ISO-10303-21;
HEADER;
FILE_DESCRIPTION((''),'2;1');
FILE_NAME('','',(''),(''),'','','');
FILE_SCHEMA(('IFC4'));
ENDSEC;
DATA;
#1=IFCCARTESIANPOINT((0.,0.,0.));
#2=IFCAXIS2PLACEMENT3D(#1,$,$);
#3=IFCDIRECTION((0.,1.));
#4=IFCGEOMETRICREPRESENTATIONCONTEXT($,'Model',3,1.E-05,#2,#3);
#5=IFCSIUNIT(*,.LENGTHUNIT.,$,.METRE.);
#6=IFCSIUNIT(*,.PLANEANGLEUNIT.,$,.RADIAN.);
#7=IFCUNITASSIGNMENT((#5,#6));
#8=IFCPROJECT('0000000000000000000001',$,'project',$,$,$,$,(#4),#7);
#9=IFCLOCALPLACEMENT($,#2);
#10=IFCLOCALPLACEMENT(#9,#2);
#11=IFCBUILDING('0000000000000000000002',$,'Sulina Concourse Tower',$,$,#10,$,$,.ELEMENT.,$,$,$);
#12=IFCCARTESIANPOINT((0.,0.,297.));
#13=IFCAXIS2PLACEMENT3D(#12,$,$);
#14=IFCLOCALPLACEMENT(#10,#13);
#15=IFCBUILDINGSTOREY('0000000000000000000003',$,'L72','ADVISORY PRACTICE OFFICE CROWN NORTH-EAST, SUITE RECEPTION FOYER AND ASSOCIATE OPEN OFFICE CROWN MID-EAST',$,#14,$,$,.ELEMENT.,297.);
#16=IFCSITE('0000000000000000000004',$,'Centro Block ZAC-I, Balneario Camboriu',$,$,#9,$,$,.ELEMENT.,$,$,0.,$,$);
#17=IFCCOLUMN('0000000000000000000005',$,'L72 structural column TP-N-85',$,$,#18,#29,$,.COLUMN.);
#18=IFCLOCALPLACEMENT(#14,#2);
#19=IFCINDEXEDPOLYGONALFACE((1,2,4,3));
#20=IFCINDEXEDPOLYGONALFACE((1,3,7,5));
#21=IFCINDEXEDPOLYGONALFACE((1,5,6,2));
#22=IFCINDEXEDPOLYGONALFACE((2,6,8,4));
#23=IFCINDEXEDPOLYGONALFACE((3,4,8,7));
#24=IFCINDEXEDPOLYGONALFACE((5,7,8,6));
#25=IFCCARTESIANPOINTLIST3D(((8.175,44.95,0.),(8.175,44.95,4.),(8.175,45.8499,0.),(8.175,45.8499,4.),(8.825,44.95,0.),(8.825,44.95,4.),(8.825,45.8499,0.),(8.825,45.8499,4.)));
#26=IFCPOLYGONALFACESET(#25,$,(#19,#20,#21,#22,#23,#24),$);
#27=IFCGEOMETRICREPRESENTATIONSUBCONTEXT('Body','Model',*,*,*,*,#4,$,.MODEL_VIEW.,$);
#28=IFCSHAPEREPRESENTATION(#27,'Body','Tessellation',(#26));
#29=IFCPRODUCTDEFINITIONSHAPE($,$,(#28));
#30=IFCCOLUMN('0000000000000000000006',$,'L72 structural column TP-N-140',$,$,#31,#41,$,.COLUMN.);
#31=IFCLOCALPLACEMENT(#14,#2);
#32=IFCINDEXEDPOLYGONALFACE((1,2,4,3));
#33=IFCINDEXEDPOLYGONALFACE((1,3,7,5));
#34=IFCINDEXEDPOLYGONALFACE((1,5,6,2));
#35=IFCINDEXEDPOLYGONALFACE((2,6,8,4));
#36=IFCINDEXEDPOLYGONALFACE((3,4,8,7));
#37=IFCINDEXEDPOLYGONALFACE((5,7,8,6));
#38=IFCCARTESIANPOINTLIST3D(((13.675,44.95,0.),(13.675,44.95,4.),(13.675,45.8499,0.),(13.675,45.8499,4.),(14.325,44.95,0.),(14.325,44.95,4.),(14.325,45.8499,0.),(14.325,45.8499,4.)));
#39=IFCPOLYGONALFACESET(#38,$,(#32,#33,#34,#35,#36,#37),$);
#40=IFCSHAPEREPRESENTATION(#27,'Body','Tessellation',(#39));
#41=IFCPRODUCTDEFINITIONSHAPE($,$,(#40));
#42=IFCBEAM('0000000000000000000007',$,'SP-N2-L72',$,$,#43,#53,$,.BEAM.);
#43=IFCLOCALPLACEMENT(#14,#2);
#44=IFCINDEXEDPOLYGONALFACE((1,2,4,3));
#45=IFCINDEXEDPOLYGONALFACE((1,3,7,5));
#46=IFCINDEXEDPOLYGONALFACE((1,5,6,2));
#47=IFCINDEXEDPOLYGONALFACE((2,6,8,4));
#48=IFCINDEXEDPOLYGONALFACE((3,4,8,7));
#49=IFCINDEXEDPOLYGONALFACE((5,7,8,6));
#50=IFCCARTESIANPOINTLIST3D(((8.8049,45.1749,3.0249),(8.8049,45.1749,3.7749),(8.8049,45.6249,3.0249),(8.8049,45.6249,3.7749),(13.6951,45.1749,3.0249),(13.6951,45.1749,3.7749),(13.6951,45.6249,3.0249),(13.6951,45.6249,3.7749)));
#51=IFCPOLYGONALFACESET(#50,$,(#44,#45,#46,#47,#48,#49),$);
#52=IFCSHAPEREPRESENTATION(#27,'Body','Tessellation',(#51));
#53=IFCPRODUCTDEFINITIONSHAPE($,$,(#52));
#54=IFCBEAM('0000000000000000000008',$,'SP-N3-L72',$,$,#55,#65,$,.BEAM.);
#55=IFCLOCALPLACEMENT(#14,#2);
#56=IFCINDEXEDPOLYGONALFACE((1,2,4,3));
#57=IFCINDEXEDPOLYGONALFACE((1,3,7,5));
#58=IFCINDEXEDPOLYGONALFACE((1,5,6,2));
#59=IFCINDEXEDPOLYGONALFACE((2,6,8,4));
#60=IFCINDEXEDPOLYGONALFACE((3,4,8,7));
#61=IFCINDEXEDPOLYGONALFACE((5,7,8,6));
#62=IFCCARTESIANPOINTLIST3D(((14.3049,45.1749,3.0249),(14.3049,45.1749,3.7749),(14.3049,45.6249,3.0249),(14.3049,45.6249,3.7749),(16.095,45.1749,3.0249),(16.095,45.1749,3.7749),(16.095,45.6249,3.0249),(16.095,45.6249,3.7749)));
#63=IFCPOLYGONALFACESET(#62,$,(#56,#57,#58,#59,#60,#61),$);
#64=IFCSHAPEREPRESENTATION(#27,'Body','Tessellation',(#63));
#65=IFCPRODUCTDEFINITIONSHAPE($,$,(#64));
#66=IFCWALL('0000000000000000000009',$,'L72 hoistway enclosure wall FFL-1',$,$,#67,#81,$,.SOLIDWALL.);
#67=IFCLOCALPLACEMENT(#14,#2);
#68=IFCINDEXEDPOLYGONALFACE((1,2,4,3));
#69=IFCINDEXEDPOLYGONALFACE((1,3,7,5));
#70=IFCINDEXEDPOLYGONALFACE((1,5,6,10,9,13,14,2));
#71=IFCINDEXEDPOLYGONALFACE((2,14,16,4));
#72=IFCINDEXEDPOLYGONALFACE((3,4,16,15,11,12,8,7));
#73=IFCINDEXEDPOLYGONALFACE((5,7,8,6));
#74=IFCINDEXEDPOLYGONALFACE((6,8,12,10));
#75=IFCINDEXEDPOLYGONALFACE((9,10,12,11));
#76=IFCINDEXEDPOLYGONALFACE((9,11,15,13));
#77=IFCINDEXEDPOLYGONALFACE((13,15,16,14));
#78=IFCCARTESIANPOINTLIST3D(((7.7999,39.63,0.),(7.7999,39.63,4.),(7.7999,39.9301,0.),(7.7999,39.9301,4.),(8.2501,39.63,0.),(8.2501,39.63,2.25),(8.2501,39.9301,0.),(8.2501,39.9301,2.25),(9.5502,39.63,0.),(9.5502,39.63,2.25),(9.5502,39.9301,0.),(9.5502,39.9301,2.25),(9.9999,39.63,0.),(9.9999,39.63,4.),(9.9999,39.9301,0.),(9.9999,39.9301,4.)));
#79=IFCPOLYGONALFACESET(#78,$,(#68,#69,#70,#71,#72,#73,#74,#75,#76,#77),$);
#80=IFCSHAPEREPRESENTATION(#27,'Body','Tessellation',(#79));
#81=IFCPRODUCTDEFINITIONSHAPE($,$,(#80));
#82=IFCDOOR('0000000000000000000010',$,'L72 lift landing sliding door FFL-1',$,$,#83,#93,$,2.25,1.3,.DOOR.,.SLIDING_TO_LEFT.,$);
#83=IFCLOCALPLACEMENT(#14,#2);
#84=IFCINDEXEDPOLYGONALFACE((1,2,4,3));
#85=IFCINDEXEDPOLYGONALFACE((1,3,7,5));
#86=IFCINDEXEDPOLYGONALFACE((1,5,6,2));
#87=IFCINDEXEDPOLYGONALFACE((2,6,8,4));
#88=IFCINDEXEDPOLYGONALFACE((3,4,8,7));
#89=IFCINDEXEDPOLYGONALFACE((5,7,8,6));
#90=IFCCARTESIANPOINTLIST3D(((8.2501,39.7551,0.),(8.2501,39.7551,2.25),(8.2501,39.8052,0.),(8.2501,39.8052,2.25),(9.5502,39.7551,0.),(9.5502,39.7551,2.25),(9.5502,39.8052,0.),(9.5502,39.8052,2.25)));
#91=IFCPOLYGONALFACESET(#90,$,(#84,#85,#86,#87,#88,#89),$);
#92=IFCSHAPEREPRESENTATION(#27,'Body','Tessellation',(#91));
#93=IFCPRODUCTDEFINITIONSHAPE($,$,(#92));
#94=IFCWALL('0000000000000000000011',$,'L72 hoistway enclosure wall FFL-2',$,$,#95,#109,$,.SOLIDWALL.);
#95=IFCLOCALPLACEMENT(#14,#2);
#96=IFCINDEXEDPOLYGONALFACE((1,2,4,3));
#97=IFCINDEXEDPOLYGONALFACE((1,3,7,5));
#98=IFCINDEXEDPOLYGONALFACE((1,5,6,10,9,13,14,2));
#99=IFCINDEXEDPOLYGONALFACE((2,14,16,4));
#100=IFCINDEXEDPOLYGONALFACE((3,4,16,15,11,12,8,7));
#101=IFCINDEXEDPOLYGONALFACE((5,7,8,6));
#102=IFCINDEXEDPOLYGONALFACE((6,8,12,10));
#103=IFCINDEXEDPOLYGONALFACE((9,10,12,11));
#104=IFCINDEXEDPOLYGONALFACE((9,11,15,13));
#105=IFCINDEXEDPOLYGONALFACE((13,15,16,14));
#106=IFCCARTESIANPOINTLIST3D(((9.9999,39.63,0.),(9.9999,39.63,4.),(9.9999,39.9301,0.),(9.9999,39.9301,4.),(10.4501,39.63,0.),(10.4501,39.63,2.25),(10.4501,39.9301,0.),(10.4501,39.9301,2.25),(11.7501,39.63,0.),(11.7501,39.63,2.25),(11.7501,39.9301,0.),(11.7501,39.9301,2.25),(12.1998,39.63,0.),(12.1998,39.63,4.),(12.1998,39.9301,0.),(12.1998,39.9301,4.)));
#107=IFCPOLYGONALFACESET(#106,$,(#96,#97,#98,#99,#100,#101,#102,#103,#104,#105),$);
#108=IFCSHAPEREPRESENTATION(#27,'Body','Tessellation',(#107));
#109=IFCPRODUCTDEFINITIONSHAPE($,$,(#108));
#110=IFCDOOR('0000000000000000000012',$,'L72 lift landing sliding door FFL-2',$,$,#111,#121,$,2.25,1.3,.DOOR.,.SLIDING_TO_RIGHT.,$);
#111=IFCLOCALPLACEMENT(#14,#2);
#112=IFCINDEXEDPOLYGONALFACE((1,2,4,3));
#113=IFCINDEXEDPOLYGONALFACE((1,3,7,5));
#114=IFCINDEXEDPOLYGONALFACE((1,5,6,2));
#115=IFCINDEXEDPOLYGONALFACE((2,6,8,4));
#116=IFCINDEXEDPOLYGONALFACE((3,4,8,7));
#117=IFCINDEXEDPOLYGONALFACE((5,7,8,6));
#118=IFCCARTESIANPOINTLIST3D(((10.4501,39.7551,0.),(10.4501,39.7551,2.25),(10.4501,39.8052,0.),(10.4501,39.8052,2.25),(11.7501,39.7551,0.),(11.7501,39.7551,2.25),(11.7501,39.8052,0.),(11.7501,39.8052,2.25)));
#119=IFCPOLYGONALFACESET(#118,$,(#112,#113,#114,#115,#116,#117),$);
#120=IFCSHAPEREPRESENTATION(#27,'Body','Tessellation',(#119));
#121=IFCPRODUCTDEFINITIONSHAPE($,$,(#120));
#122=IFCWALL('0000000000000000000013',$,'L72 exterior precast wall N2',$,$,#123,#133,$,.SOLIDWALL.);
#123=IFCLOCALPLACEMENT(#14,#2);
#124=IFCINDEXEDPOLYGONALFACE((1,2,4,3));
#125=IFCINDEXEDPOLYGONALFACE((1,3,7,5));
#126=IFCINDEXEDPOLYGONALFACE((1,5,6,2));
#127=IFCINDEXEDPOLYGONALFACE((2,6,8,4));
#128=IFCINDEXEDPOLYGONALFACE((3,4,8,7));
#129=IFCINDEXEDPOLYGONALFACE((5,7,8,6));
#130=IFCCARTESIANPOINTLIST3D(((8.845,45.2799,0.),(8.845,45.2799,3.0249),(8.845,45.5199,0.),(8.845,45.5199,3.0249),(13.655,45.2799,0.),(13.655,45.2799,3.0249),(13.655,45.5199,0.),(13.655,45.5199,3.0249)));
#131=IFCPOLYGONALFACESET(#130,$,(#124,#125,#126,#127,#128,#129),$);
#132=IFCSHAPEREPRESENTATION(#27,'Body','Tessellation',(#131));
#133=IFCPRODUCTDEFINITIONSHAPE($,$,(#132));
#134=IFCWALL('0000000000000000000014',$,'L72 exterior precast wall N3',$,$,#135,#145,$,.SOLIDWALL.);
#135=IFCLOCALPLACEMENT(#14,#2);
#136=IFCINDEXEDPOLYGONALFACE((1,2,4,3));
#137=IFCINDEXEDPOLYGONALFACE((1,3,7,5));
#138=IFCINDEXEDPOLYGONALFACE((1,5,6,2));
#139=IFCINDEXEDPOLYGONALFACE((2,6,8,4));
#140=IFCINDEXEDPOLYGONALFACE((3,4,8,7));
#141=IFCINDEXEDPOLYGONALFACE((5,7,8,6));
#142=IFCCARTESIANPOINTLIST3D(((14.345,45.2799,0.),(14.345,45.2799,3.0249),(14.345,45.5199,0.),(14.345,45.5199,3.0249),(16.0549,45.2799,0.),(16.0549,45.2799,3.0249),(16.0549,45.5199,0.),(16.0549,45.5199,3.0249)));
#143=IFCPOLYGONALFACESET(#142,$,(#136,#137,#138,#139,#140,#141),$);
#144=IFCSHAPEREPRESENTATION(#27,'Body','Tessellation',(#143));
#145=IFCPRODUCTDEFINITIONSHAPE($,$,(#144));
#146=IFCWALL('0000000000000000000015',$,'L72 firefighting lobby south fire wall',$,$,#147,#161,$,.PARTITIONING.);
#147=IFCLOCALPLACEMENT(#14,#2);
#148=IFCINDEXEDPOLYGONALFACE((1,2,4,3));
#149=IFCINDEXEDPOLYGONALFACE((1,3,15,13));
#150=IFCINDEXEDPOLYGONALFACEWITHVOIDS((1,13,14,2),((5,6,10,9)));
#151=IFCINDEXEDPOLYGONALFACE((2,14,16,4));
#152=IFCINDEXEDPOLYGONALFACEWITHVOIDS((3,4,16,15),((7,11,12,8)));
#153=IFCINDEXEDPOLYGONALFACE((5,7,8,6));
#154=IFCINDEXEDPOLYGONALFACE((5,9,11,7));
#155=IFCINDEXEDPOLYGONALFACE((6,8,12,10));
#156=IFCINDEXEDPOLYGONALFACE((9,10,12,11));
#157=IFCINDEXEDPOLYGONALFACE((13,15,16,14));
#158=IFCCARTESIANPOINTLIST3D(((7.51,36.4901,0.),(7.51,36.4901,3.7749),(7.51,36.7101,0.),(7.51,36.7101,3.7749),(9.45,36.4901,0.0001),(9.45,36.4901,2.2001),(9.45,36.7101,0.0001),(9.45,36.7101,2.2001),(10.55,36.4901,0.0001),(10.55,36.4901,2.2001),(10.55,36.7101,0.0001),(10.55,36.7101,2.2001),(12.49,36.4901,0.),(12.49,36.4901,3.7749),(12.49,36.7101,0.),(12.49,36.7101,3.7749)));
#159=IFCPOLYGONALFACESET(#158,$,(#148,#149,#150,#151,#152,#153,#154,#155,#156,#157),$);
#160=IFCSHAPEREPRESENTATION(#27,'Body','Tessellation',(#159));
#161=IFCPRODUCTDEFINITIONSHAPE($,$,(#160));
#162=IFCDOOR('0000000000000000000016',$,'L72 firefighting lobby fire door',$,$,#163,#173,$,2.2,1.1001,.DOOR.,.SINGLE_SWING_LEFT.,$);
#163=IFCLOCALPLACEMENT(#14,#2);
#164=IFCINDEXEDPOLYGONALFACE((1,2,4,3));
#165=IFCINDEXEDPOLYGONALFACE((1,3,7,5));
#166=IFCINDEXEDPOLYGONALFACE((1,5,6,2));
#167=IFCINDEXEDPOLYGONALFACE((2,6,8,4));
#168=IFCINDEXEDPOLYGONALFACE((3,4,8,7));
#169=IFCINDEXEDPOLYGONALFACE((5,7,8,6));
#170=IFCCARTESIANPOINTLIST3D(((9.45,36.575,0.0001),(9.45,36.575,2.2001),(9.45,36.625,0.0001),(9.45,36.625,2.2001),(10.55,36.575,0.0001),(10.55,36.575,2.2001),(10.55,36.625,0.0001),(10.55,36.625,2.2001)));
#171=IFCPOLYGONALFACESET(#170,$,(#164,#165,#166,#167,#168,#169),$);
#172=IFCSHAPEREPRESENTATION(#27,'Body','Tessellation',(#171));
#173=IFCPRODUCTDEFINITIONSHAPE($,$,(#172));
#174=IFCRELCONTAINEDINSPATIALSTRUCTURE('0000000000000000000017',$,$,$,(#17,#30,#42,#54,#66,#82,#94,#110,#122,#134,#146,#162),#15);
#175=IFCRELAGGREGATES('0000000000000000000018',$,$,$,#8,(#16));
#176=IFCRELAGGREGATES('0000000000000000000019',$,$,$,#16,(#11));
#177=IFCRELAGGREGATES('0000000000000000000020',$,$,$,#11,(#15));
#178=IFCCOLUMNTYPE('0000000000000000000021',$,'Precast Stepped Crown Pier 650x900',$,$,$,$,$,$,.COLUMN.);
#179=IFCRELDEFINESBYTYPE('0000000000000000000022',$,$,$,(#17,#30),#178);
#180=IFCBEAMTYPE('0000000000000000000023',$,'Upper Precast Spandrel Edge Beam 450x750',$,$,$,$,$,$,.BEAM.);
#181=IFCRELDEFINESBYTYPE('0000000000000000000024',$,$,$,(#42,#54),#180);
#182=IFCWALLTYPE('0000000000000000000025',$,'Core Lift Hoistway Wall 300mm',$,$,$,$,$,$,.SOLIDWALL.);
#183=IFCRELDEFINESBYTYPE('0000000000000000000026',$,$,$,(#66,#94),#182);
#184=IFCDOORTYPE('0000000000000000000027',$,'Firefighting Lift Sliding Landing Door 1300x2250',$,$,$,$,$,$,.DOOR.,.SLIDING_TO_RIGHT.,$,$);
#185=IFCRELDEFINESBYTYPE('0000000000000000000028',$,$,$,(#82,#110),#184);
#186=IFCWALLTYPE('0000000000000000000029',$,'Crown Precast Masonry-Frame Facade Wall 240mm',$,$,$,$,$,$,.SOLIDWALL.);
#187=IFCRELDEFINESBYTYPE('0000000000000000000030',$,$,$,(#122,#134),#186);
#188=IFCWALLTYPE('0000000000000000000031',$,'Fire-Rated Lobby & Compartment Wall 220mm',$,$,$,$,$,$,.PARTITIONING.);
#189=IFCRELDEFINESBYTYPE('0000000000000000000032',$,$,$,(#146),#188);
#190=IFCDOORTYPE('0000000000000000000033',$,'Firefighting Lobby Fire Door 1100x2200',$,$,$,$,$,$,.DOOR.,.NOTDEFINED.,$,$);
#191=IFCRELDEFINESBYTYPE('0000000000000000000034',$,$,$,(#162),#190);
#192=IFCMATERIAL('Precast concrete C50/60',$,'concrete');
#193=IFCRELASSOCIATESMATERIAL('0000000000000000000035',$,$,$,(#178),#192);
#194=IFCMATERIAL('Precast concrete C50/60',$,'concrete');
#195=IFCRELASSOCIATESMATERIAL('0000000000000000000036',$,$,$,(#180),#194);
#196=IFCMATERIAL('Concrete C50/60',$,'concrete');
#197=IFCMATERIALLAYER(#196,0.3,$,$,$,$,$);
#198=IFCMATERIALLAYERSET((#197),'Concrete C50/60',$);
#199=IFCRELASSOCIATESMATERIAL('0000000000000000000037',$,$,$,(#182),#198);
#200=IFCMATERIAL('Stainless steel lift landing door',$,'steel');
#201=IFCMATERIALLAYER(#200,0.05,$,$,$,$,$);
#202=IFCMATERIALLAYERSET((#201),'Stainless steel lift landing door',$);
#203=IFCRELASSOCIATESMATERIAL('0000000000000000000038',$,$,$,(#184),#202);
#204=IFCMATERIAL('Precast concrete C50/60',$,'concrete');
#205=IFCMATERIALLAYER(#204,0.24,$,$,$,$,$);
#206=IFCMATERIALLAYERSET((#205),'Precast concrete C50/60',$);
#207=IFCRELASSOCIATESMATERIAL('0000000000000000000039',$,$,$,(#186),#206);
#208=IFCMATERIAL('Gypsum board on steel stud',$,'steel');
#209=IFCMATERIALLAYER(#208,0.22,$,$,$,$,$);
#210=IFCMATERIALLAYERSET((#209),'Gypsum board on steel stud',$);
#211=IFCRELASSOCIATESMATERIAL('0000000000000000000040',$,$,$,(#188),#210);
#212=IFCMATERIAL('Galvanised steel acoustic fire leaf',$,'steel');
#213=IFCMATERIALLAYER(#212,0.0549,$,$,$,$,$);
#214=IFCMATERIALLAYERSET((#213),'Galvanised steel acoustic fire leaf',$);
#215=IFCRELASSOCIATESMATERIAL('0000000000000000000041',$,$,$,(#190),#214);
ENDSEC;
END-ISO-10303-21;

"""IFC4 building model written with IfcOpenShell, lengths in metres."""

from ifc_helpers import new_model, si_unit, direction, frame, frame_2d, origin, origin_2d, place, context, subcontext, project, spatial, rectangle, extrude, material, layer, layer_set, material_profile, profile_set, type_object, element, fill, save


model = new_model("IFC4")

# Units and contexts
model_context = context("Model", 3, precision=1e-05, world=origin(), true_north=direction((0.0, 1.0)))
body_context = subcontext(model_context, "Body", "Model", "MODEL_VIEW")
ifc_project = project(units=[si_unit("LENGTHUNIT", "METRE"), si_unit("PLANEANGLEUNIT", "RADIAN")], contexts=[model_context])

# Site, building, storey
site_placement = place(None, origin())
site = spatial("IfcSite", under=ifc_project, at=site_placement, Name="Centro Block ZAC-I, Balneario Camboriu", CompositionType="ELEMENT", RefElevation=0.0)
building_placement = place(site_placement, origin())
building = spatial("IfcBuilding", under=site, at=building_placement, Name="Sulina Concourse Tower", CompositionType="ELEMENT")
storey_placement = place(building_placement, frame((0.0, 0.0, 297.0)))
storey = spatial("IfcBuildingStorey", under=building, at=storey_placement, Name="L72", Description="ADVISORY PRACTICE OFFICE CROWN NORTH-EAST, SUITE RECEPTION FOYER AND ASSOCIATE OPEN OFFICE CROWN MID-EAST", CompositionType="ELEMENT", Elevation=297.0)

# Columns
ifc_material_1 = material(Name="Precast concrete C50/60", Category="concrete")
ifc_material_profile_1 = material_profile(ifc_material_1, rectangle(XDim=0.6499, YDim=0.8999, at=origin_2d()), Name="PC 650x900")
ifc_profile_set_1 = profile_set([ifc_material_profile_1], Name="Precast concrete C50/60")
column_type = type_object("IfcColumnType", Name="Precast Stepped Crown Pier 650x900", PredefinedType="COLUMN", material=ifc_profile_set_1)
for number, where, z_axis, x_axis, name in (
    (1, (8.5, 45.3999, 0.0), (0.0, 0.0, 1.0), (1.0, 0.0, 0.0), "L72 structural column TP-N-85"),
    (2, (14.0, 45.3999, 0.0), (0.0, 0.0, 1.0), (1.0, 0.0, 0.0), "L72 structural column TP-N-140"),
):
    element("IfcColumn", number, at=place(storey_placement, frame(where, z_axis=z_axis, x_axis=x_axis)), inside=storey, type_object=column_type, Name=name, PredefinedType="COLUMN", context=body_context, shape_type="SweptSolid", body=[
        extrude(rectangle(XDim=0.6499, YDim=0.8999, at=origin_2d()), origin(), (0.0, 0.0, 1.0), 4.0),
    ])

# Beams
ifc_material_2 = material(Name="Precast concrete C50/60", Category="concrete")
ifc_material_profile_2 = material_profile(ifc_material_2, rectangle(XDim=0.45, YDim=0.75, at=origin_2d()), Name="RC 450x750")
ifc_profile_set_2 = profile_set([ifc_material_profile_2], Name="Precast concrete C50/60")
beam_type = type_object("IfcBeamType", Name="Upper Precast Spandrel Edge Beam 450x750", PredefinedType="BEAM", material=ifc_profile_set_2)
beam_1_placement = place(storey_placement, frame((8.8049, 45.3999, 3.3999), z_axis=(1.0, 0.0, 0.0), x_axis=(0.0, 1.0, 0.0)))
element("IfcBeam", 3, at=beam_1_placement, inside=storey, type_object=beam_type, Name="SP-N2-L72", PredefinedType="BEAM", context=body_context, shape_type="SweptSolid", body=[
    extrude(rectangle(XDim=0.45, YDim=0.75, at=origin_2d()), origin(), (0.0, 0.0, 1.0), 4.8901),
])
beam_2_placement = place(storey_placement, frame((14.3049, 45.3999, 3.3999), z_axis=(1.0, 0.0, 0.0), x_axis=(0.0, 1.0, 0.0)))
element("IfcBeam", 4, at=beam_2_placement, inside=storey, type_object=beam_type, Name="SP-N3-L72", PredefinedType="BEAM", context=body_context, shape_type="SweptSolid", body=[
    extrude(rectangle(XDim=0.45, YDim=0.75, at=origin_2d()), origin(), (0.0, 0.0, 1.0), 1.79),
])

# Walls, openings, doors
ifc_material_3 = material(Name="Concrete C50/60", Category="concrete")
ifc_layer_1 = layer(ifc_material_3, 0.3)
ifc_layer_set_1 = layer_set([ifc_layer_1], Name="Concrete C50/60")
wall_type_1 = type_object("IfcWallType", Name="Core Lift Hoistway Wall 300mm", PredefinedType="SOLIDWALL", material=ifc_layer_set_1)
wall_1_placement = place(storey_placement, frame((10.0, 39.78, 0.0), z_axis=(0.0, 0.0, 1.0), x_axis=(-1.0, 0.0, 0.0)))
wall_1 = element("IfcWall", 5, at=wall_1_placement, inside=storey, type_object=wall_type_1, Name="L72 hoistway enclosure wall FFL-1", PredefinedType="SOLIDWALL", context=body_context, shape_type="SweptSolid", body=[
    extrude(rectangle(XDim=2.2, YDim=0.3, at=frame_2d((1.1001, 0.0))), origin(), (0.0, 0.0, 1.0), 4.0),
])
opening_1_placement = place(wall_1_placement, frame((0.45, 0.0, 0.0)))
opening_1 = element("IfcOpeningElement", 6, at=opening_1_placement, cuts=wall_1, PredefinedType="OPENING", context=body_context, shape_type="SweptSolid", body=[
    extrude(rectangle(XDim=1.3, YDim=2.25, at=frame_2d((0.6499, 1.125))), frame((0.0, 0.1599, 0.0), z_axis=(0.0, -1.0, 0.0), x_axis=(1.0, 0.0, 0.0)), (0.0, 0.0, 1.0), 0.3201),
])
ifc_material_4 = material(Name="Stainless steel lift landing door", Category="steel")
ifc_layer_2 = layer(ifc_material_4, 0.05)
ifc_layer_set_2 = layer_set([ifc_layer_2], Name="Stainless steel lift landing door")
door_type_1 = type_object("IfcDoorType", Name="Firefighting Lift Sliding Landing Door 1300x2250", OperationType="SLIDING_TO_RIGHT", PredefinedType="DOOR", material=ifc_layer_set_2)
door_1_placement = place(opening_1_placement, origin())
door_1 = element("IfcDoor", 7, at=door_1_placement, inside=storey, type_object=door_type_1, Name="L72 lift landing sliding door FFL-1", OperationType="SLIDING_TO_LEFT", OverallHeight=2.25, OverallWidth=1.3, PredefinedType="DOOR", context=body_context, shape_type="SweptSolid", body=[
    extrude(rectangle(XDim=1.3, YDim=2.25, at=frame_2d((0.6499, 1.125))), frame((0.0, 0.0249, 0.0), z_axis=(0.0, -1.0, 0.0), x_axis=(1.0, 0.0, 0.0)), (0.0, 0.0, 1.0), 0.05),
])
fill(opening_1, door_1)
wall_2_placement = place(storey_placement, frame((12.2, 39.78, 0.0), z_axis=(0.0, 0.0, 1.0), x_axis=(-1.0, 0.0, 0.0)))
wall_2 = element("IfcWall", 8, at=wall_2_placement, inside=storey, type_object=wall_type_1, Name="L72 hoistway enclosure wall FFL-2", PredefinedType="SOLIDWALL", context=body_context, shape_type="SweptSolid", body=[
    extrude(rectangle(XDim=2.2, YDim=0.3, at=frame_2d((1.1001, 0.0))), origin(), (0.0, 0.0, 1.0), 4.0),
])
opening_2_placement = place(wall_2_placement, frame((0.45, 0.0, 0.0)))
opening_2 = element("IfcOpeningElement", 9, at=opening_2_placement, cuts=wall_2, PredefinedType="OPENING", context=body_context, shape_type="SweptSolid", body=[
    extrude(rectangle(XDim=1.3, YDim=2.25, at=frame_2d((0.6499, 1.125))), frame((0.0, 0.1599, 0.0), z_axis=(0.0, -1.0, 0.0), x_axis=(1.0, 0.0, 0.0)), (0.0, 0.0, 1.0), 0.3201),
])
door_2_placement = place(opening_2_placement, origin())
door_2 = element("IfcDoor", 10, at=door_2_placement, inside=storey, type_object=door_type_1, Name="L72 lift landing sliding door FFL-2", OperationType="SLIDING_TO_RIGHT", OverallHeight=2.25, OverallWidth=1.3, PredefinedType="DOOR", context=body_context, shape_type="SweptSolid", body=[
    extrude(rectangle(XDim=1.3, YDim=2.25, at=frame_2d((0.6499, 1.125))), frame((0.0, 0.0249, 0.0), z_axis=(0.0, -1.0, 0.0), x_axis=(1.0, 0.0, 0.0)), (0.0, 0.0, 1.0), 0.05),
])
fill(opening_2, door_2)

# Walls
ifc_material_5 = material(Name="Precast concrete C50/60", Category="concrete")
ifc_layer_3 = layer(ifc_material_5, 0.24)
ifc_layer_set_3 = layer_set([ifc_layer_3], Name="Precast concrete C50/60")
wall_type_2 = type_object("IfcWallType", Name="Crown Precast Masonry-Frame Facade Wall 240mm", PredefinedType="SOLIDWALL", material=ifc_layer_set_3)
wall_3_placement = place(storey_placement, frame((8.845, 45.3999, 0.0), z_axis=(0.0, 0.0, 1.0), x_axis=(1.0, 0.0, 0.0)))
element("IfcWall", 11, at=wall_3_placement, inside=storey, type_object=wall_type_2, Name="L72 exterior precast wall N2", PredefinedType="SOLIDWALL", context=body_context, shape_type="SweptSolid", body=[
    extrude(rectangle(XDim=4.8101, YDim=0.24, at=frame_2d((2.405, 0.0))), origin(), (0.0, 0.0, 1.0), 3.0249),
])
wall_4_placement = place(storey_placement, frame((14.345, 45.3999, 0.0), z_axis=(0.0, 0.0, 1.0), x_axis=(1.0, 0.0, 0.0)))
element("IfcWall", 12, at=wall_4_placement, inside=storey, type_object=wall_type_2, Name="L72 exterior precast wall N3", PredefinedType="SOLIDWALL", context=body_context, shape_type="SweptSolid", body=[
    extrude(rectangle(XDim=1.71, YDim=0.24, at=frame_2d((0.855, 0.0))), origin(), (0.0, 0.0, 1.0), 3.0249),
])

# Wall, opening, door
ifc_material_6 = material(Name="Gypsum board on steel stud", Category="steel")
ifc_layer_4 = layer(ifc_material_6, 0.22)
ifc_layer_set_4 = layer_set([ifc_layer_4], Name="Gypsum board on steel stud")
wall_type_3 = type_object("IfcWallType", Name="Fire-Rated Lobby & Compartment Wall 220mm", PredefinedType="PARTITIONING", material=ifc_layer_set_4)
wall_5_placement = place(storey_placement, frame((7.51, 36.6001, 0.0), z_axis=(0.0, 0.0, 1.0), x_axis=(1.0, 0.0, 0.0)))
wall_5 = element("IfcWall", 13, at=wall_5_placement, inside=storey, type_object=wall_type_3, Name="L72 firefighting lobby south fire wall", PredefinedType="PARTITIONING", context=body_context, shape_type="SweptSolid", body=[
    extrude(rectangle(XDim=4.98, YDim=0.22, at=frame_2d((2.49, 0.0))), origin(), (0.0, 0.0, 1.0), 3.7749),
])
opening_3_placement = place(wall_5_placement, frame((1.9399, 0.0, 0.0)))
opening_3 = element("IfcOpeningElement", 14, at=opening_3_placement, cuts=wall_5, PredefinedType="OPENING", context=body_context, shape_type="SweptSolid", body=[
    extrude(rectangle(XDim=1.1001, YDim=2.2, at=frame_2d((0.55, 1.1001))), frame((0.0, 0.1199, 0.0), z_axis=(0.0, -1.0, 0.0), x_axis=(1.0, 0.0, 0.0)), (0.0, 0.0, 1.0), 0.24),
])
ifc_material_7 = material(Name="Galvanised steel acoustic fire leaf", Category="steel")
ifc_layer_5 = layer(ifc_material_7, 0.0549)
ifc_layer_set_5 = layer_set([ifc_layer_5], Name="Galvanised steel acoustic fire leaf")
door_type_2 = type_object("IfcDoorType", Name="Firefighting Lobby Fire Door 1100x2200", OperationType="NOTDEFINED", PredefinedType="DOOR", material=ifc_layer_set_5)
door_3_placement = place(opening_3_placement, origin())
door_3 = element("IfcDoor", 15, at=door_3_placement, inside=storey, type_object=door_type_2, Name="L72 firefighting lobby fire door", OperationType="SINGLE_SWING_LEFT", OverallHeight=2.2, OverallWidth=1.1001, PredefinedType="DOOR", context=body_context, shape_type="SweptSolid", body=[
    extrude(rectangle(XDim=1.1001, YDim=2.2, at=frame_2d((0.55, 1.1001))), frame((0.0, 0.0249, 0.0), z_axis=(0.0, -1.0, 0.0), x_axis=(1.0, 0.0, 0.0)), (0.0, 0.0, 1.0), 0.05),
])
fill(opening_3, door_3)

save(model, "model.ifc")
